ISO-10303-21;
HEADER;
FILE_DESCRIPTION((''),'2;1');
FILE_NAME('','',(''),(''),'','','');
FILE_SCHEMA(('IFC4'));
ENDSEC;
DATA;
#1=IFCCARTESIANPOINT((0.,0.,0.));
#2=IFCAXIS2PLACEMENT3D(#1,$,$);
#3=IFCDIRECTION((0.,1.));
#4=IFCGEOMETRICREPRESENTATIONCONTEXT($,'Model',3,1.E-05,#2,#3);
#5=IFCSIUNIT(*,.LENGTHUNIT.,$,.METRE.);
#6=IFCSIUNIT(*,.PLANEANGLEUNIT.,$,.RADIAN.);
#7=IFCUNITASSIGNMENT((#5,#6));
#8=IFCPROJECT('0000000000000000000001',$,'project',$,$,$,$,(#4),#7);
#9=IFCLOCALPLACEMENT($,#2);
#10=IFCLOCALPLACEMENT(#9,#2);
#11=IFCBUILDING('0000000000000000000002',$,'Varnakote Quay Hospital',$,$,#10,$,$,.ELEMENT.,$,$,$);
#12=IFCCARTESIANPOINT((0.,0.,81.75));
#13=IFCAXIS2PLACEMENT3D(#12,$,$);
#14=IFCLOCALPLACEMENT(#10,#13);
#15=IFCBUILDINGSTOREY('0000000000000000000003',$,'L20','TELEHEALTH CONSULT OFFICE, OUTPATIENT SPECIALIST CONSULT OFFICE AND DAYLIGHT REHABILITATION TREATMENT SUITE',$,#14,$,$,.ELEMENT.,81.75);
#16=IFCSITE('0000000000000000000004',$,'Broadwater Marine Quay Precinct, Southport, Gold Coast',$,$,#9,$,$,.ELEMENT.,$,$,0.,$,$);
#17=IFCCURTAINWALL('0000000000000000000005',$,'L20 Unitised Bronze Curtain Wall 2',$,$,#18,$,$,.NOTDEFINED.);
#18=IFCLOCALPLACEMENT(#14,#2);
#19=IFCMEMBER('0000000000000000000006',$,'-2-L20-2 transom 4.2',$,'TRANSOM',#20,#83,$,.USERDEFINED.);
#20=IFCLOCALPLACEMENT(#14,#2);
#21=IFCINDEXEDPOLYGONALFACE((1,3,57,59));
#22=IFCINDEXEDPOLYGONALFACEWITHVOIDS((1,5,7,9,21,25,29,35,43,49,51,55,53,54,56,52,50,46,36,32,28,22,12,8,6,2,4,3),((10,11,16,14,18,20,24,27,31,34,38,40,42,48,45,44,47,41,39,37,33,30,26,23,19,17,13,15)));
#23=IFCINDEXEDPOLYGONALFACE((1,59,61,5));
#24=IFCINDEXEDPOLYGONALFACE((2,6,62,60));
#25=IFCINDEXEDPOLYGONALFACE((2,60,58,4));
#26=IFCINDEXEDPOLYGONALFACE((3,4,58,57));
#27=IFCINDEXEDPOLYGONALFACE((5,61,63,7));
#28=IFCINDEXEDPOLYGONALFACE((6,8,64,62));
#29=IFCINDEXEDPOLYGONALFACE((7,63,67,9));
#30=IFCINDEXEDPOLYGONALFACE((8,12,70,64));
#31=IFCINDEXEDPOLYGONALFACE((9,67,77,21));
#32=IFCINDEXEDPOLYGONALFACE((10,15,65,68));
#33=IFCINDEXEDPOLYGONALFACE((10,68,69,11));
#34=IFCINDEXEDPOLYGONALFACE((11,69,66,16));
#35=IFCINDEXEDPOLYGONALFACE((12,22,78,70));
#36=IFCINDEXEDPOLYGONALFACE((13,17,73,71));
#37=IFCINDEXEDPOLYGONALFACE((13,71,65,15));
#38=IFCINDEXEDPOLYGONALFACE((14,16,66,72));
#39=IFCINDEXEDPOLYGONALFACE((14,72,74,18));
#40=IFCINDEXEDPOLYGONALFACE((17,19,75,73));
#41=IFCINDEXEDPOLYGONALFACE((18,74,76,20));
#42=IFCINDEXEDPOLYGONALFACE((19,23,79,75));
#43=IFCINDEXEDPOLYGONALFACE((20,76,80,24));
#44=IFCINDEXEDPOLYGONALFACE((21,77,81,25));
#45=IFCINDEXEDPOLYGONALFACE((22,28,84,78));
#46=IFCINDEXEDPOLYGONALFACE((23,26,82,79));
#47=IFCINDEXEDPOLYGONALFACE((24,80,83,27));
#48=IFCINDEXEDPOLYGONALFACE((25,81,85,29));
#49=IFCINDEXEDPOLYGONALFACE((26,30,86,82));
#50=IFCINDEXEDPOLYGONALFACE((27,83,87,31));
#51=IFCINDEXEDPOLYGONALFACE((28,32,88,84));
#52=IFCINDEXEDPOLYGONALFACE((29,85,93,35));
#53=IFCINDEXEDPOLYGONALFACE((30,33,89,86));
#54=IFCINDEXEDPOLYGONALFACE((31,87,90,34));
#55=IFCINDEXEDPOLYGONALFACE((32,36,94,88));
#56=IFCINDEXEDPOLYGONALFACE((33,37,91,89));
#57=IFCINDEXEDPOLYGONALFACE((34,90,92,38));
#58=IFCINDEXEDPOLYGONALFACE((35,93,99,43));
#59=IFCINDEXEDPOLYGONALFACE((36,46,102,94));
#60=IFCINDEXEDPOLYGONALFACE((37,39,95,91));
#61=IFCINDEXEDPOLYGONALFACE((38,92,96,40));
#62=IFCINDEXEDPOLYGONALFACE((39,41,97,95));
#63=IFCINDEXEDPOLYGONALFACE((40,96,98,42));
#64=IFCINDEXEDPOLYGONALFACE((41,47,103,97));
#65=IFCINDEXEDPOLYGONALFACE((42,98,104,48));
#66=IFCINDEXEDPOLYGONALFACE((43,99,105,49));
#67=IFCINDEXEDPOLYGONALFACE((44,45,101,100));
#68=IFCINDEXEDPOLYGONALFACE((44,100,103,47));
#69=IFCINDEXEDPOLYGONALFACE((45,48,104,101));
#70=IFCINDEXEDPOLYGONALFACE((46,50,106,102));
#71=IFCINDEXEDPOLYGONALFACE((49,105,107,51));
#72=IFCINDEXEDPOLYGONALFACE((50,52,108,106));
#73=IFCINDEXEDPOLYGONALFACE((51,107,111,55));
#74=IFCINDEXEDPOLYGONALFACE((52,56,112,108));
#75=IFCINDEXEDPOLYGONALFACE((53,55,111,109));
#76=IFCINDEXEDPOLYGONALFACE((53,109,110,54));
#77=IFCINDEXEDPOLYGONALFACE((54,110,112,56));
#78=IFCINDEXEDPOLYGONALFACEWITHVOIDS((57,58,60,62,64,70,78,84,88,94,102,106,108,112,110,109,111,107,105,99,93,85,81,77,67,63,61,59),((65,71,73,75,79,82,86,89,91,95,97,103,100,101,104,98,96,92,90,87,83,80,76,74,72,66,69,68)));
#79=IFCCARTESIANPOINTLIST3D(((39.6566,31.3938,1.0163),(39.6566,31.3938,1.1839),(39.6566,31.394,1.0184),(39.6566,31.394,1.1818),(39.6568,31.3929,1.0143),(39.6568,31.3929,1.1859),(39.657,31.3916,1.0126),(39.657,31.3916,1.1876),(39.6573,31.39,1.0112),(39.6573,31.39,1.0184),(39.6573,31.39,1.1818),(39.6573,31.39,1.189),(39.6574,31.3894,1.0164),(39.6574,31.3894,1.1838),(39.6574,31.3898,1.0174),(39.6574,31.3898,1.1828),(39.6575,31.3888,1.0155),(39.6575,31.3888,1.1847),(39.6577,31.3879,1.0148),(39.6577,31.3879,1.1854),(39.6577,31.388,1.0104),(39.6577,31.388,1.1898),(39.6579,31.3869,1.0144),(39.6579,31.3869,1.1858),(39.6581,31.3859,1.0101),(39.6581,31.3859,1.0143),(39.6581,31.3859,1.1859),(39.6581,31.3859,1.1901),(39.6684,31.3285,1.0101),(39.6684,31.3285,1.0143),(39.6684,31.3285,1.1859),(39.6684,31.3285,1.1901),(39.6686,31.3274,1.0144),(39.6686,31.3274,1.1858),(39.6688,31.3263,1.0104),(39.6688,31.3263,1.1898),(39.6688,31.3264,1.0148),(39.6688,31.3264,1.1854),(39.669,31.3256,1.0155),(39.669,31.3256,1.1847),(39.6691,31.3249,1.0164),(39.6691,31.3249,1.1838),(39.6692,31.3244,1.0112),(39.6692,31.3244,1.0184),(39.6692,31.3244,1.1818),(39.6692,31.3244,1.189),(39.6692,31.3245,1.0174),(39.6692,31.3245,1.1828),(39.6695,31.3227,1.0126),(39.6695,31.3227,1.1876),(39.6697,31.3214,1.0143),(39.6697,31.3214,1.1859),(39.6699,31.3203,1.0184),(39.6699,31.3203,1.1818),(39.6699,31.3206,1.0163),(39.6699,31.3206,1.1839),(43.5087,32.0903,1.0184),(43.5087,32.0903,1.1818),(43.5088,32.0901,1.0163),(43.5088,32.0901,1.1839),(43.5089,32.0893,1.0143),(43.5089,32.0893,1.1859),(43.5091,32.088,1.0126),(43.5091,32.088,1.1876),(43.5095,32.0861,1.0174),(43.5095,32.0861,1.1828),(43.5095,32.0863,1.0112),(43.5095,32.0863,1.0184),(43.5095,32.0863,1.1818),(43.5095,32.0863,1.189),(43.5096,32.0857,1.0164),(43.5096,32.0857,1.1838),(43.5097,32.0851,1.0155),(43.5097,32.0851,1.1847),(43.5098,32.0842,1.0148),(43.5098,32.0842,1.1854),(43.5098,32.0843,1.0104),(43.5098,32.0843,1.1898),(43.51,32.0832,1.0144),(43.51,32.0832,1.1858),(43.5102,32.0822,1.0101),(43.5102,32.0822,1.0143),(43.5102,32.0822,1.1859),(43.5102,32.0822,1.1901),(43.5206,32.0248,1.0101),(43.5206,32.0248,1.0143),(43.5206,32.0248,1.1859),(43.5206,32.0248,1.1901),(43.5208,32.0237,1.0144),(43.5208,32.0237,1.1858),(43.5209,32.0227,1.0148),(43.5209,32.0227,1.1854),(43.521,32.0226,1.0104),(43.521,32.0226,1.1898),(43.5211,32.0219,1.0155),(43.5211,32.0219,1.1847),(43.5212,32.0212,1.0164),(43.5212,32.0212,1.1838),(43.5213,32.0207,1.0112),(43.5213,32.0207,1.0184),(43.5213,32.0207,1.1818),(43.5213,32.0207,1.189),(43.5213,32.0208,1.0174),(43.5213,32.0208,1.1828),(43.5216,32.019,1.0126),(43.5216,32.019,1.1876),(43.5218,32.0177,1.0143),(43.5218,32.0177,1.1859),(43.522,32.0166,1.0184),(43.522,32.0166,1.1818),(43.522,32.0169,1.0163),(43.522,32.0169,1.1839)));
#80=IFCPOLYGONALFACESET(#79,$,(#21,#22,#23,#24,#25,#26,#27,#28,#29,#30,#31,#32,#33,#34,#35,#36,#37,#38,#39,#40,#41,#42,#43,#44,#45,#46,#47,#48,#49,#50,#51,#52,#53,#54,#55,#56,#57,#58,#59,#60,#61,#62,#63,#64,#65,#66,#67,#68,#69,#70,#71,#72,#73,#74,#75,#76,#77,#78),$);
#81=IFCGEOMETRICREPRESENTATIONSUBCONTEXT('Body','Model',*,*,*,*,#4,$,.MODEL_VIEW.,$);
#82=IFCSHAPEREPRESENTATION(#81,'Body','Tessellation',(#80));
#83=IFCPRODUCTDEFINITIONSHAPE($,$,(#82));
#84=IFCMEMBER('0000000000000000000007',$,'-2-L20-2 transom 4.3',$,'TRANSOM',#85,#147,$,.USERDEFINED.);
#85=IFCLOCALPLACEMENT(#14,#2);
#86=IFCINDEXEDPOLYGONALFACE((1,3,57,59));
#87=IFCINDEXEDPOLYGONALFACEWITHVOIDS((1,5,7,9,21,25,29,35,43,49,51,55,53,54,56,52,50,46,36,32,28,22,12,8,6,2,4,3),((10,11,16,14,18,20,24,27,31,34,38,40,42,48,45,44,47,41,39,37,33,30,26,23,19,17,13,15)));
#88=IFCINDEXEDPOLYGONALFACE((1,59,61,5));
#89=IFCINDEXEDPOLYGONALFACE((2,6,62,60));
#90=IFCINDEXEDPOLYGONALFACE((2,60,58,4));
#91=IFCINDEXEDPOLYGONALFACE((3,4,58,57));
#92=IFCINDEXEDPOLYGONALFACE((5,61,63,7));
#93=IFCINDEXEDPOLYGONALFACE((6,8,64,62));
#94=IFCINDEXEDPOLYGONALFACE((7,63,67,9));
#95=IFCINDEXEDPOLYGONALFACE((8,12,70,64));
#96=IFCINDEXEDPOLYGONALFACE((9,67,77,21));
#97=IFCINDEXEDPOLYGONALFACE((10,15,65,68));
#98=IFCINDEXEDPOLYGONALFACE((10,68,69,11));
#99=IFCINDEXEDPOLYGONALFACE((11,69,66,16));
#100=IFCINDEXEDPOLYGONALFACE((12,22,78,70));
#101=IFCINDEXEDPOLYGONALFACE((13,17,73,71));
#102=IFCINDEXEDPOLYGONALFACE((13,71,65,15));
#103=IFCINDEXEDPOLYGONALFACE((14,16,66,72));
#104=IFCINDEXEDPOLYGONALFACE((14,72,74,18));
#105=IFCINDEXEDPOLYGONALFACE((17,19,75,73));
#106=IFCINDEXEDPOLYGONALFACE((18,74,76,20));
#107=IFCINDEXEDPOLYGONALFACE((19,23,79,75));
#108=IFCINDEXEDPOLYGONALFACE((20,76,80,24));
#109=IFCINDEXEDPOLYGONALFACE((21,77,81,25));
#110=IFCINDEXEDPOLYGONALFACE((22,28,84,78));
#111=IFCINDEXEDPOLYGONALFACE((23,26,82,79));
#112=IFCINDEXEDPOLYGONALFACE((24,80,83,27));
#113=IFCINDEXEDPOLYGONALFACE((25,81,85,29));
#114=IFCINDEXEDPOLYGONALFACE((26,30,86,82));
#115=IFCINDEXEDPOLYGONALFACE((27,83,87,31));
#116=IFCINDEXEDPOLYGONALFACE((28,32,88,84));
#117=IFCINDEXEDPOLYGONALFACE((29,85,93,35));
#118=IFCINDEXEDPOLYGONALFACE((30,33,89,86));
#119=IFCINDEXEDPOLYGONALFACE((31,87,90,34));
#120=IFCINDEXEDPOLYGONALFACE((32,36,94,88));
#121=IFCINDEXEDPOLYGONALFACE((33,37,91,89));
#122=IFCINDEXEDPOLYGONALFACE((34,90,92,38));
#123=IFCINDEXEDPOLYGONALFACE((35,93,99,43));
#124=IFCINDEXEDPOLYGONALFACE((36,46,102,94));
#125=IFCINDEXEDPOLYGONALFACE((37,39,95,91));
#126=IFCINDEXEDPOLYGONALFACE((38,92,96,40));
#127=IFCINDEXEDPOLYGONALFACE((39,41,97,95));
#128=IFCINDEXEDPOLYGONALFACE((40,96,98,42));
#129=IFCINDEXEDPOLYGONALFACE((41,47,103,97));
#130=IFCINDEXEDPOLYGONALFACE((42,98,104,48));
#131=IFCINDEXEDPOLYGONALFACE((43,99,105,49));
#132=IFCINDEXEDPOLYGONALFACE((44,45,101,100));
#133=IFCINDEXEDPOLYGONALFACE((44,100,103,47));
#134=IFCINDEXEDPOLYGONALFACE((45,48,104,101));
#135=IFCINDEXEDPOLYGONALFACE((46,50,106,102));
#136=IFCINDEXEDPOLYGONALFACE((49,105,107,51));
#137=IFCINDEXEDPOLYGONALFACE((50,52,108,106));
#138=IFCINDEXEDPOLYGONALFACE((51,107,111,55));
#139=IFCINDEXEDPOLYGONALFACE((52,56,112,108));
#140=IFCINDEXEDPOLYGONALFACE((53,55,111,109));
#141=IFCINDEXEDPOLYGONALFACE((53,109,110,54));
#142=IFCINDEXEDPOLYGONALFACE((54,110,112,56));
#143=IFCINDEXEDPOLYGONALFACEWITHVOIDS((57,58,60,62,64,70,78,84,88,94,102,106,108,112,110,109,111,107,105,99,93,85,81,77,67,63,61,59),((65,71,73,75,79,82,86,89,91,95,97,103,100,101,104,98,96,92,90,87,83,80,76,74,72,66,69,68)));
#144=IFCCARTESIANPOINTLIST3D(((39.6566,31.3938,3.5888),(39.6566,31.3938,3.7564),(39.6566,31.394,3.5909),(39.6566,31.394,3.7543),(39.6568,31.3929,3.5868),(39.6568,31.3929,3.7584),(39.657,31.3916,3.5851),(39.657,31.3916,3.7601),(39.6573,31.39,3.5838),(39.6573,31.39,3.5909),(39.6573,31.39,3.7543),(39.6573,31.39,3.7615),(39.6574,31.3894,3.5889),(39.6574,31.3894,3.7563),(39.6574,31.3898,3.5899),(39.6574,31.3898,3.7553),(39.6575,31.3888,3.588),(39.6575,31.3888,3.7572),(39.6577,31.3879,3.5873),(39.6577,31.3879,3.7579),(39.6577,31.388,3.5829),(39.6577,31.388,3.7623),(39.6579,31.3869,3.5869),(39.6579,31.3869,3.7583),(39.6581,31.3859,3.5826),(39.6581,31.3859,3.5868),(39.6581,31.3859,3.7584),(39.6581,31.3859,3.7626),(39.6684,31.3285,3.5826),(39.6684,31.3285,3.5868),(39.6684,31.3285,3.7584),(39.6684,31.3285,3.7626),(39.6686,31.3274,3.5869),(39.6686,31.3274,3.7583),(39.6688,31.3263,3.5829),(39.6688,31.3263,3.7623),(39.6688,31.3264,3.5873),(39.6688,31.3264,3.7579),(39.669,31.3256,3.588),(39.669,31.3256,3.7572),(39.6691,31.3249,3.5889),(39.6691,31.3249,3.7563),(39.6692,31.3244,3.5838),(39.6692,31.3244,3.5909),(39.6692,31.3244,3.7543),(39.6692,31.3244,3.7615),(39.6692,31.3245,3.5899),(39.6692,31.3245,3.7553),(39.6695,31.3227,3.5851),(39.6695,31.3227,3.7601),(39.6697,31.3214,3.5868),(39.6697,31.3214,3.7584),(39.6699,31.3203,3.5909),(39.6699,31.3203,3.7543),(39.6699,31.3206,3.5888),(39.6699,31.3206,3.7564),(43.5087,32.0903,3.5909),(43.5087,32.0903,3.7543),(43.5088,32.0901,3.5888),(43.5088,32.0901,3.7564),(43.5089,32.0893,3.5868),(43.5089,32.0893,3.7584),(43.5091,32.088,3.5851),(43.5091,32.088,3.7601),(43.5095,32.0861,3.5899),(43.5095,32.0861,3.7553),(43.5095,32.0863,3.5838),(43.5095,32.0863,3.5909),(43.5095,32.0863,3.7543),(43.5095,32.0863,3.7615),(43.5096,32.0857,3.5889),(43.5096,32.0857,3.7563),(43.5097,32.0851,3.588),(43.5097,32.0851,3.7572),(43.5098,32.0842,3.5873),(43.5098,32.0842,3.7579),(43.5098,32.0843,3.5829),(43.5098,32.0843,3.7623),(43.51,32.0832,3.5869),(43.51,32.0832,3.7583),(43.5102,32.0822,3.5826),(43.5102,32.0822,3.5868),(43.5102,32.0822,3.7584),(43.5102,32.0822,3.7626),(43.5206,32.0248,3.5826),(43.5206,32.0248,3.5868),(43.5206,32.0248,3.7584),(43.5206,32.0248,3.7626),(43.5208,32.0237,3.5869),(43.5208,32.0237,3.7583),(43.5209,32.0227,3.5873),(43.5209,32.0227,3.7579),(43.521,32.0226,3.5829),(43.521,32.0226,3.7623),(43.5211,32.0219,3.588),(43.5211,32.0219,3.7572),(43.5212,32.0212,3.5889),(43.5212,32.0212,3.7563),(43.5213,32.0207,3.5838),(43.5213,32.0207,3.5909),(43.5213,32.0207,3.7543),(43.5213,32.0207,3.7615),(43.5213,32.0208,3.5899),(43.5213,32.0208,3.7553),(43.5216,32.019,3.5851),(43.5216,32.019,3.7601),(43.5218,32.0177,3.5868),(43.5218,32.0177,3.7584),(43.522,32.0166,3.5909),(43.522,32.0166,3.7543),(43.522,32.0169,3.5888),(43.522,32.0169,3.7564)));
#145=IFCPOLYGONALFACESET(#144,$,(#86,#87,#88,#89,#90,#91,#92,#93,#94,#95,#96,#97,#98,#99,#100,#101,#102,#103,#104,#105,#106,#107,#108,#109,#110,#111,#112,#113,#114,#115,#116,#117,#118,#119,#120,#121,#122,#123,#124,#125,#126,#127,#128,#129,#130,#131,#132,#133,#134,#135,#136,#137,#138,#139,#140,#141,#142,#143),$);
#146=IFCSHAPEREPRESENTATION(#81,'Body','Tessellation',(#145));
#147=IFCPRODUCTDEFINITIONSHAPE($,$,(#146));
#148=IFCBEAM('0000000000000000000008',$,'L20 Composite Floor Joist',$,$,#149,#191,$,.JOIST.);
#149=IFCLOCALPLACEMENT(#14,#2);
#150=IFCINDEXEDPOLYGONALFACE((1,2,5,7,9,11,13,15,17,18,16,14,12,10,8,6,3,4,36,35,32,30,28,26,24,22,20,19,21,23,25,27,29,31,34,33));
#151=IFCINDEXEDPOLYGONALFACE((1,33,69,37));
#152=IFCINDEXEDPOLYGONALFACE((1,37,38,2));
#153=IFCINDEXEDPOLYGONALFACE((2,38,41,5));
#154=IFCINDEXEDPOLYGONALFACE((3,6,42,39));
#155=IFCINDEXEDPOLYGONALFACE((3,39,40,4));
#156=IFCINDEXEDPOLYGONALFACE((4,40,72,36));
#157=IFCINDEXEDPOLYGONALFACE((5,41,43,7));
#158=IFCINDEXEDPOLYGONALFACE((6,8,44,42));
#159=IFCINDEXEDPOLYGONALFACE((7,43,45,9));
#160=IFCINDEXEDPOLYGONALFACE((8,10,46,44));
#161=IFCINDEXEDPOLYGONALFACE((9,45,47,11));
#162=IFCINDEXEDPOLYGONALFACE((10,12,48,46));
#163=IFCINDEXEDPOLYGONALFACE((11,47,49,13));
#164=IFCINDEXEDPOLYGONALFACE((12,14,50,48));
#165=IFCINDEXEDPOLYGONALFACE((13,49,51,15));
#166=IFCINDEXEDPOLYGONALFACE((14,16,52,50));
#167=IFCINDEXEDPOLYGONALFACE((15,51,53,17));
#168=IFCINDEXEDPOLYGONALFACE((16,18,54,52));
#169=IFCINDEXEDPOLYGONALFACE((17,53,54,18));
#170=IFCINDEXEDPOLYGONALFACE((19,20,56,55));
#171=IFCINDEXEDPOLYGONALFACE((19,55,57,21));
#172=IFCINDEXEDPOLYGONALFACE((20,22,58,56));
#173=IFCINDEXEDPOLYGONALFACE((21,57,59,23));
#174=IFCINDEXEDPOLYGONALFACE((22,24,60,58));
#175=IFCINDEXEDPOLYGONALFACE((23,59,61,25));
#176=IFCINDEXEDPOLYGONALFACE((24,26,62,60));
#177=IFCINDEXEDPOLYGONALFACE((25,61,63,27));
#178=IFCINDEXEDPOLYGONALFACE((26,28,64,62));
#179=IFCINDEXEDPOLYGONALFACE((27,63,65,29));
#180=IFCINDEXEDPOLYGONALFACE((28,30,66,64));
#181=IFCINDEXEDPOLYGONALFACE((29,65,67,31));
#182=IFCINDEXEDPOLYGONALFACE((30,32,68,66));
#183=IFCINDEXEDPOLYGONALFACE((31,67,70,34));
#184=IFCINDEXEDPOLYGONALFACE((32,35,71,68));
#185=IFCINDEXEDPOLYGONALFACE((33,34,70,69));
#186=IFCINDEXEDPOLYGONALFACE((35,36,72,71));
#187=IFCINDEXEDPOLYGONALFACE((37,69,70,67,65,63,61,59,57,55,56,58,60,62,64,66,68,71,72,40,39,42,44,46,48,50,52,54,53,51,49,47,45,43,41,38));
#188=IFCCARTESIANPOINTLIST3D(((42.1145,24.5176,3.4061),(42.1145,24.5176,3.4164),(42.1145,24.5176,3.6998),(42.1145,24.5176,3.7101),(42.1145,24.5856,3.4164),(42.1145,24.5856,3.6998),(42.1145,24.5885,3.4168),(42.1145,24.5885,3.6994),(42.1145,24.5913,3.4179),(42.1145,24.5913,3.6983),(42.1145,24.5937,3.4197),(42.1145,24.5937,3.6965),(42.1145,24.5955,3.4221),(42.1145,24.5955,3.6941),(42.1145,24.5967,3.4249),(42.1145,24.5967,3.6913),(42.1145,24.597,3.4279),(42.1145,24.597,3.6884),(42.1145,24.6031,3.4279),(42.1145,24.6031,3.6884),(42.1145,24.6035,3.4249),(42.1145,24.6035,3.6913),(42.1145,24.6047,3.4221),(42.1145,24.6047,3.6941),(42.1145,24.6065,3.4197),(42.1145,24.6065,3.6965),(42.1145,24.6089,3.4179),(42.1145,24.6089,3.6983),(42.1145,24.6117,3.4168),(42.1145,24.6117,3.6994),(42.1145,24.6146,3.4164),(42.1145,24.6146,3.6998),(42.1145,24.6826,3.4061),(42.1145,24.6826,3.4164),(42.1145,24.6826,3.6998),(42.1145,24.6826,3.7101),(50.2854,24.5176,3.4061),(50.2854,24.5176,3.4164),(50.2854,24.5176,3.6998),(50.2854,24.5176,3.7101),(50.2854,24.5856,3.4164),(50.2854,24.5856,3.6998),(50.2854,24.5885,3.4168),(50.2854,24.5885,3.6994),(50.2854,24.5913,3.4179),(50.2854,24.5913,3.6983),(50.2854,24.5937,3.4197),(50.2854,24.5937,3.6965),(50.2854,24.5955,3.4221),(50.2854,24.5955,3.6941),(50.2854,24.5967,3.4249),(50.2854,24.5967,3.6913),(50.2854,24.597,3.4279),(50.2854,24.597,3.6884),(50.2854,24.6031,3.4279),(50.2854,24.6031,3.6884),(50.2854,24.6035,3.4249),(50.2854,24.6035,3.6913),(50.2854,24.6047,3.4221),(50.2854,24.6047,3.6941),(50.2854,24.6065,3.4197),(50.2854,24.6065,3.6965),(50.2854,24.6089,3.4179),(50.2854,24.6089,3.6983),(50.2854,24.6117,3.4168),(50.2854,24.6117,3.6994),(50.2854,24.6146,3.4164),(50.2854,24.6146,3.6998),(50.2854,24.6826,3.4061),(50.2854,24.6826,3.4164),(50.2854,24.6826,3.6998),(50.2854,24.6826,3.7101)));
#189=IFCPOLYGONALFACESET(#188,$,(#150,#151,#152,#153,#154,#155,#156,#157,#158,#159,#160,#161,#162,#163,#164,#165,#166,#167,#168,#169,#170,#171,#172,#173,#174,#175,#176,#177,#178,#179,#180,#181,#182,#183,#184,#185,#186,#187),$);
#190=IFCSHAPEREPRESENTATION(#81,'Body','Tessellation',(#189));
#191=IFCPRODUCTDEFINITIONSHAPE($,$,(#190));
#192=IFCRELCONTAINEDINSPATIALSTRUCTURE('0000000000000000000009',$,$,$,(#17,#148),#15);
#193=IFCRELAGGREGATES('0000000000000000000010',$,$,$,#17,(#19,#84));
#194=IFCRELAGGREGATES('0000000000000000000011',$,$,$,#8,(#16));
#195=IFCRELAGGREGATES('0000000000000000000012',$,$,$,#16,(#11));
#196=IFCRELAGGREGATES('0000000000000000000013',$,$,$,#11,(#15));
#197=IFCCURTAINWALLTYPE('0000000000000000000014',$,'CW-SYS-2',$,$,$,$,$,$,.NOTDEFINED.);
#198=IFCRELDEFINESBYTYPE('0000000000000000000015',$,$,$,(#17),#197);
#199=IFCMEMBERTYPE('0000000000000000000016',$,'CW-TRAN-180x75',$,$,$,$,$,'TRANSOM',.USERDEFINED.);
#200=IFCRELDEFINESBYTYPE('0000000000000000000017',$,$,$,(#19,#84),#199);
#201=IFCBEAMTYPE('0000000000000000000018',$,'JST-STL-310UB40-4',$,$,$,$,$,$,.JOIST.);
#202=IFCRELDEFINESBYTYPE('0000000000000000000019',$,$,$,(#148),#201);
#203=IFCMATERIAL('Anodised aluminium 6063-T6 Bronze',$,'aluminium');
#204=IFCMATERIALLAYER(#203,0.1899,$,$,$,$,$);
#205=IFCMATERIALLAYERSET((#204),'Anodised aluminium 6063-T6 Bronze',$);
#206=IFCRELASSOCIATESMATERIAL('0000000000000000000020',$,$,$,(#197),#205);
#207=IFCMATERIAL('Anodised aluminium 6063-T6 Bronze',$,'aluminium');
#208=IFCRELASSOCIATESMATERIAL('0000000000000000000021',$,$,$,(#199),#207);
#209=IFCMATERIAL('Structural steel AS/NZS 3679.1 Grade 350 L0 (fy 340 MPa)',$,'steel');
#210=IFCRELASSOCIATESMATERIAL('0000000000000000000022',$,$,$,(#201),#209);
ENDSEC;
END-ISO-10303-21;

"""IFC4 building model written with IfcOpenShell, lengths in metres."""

from ifc_helpers import new_model, si_unit, direction, frame, origin, origin_2d, place, context, subcontext, project, spatial, hollow_rectangle, i_section, extrude, material, layer, layer_set, material_profile, profile_set, type_object, element, aggregate, save


model = new_model("IFC4")

# Units and contexts
model_context = context("Model", 3, precision=1e-05, world=origin(), true_north=direction((0.0, 1.0)))
body_context = subcontext(model_context, "Body", "Model", "MODEL_VIEW")
ifc_project = project(units=[si_unit("LENGTHUNIT", "METRE"), si_unit("PLANEANGLEUNIT", "RADIAN")], contexts=[model_context])

# Site, building, storey
site_placement = place(None, origin())
site = spatial("IfcSite", under=ifc_project, at=site_placement, Name="Broadwater Marine Quay Precinct, Southport, Gold Coast", CompositionType="ELEMENT", RefElevation=0.0)
building_placement = place(site_placement, origin())
building = spatial("IfcBuilding", under=site, at=building_placement, Name="Varnakote Quay Hospital", CompositionType="ELEMENT")
storey_placement = place(building_placement, frame((0.0, 0.0, 81.75)))
storey = spatial("IfcBuildingStorey", under=building, at=storey_placement, Name="L20", Description="TELEHEALTH CONSULT OFFICE, OUTPATIENT SPECIALIST CONSULT OFFICE AND DAYLIGHT REHABILITATION TREATMENT SUITE", CompositionType="ELEMENT", Elevation=81.75)

# Curtain wall, members
ifc_material_1 = material(Name="Anodised aluminium 6063-T6 Bronze", Category="aluminium")
ifc_layer_1 = layer(ifc_material_1, 0.1899)
ifc_layer_set_1 = layer_set([ifc_layer_1], Name="Anodised aluminium 6063-T6 Bronze")
curtain_wall_type = type_object("IfcCurtainWallType", Name="CW-SYS-2", PredefinedType="NOTDEFINED", material=ifc_layer_set_1)
curtain_wall_placement = place(storey_placement, origin())
curtain_wall = element("IfcCurtainWall", 1, at=curtain_wall_placement, inside=storey, type_object=curtain_wall_type, Name="L20 Unitised Bronze Curtain Wall 2", PredefinedType="NOTDEFINED")
ifc_material_2 = material(Name="Anodised aluminium 6063-T6 Bronze", Category="aluminium")
ifc_material_profile_1 = material_profile(ifc_material_2, hollow_rectangle(XDim=0.075, YDim=0.1799, WallThickness=0.0042, InnerFilletRadius=0.0042, OuterFilletRadius=0.0083, at=origin_2d()), Name="CW-TRAN-180x75")
ifc_profile_set_1 = profile_set([ifc_material_profile_1], Name="Anodised aluminium 6063-T6 Bronze")
member_type_1 = type_object("IfcMemberType", Name="CW-TRAN-180x75", ElementType="TRANSOM", PredefinedType="USERDEFINED", material=ifc_profile_set_1)
member_1_placement = place(storey_placement, frame((43.5154, 32.0535, 1.1001), z_axis=(-0.984053, -0.177875, 0.0), x_axis=(0.177875, -0.984053, 0.0)))
member_1 = element("IfcMember", 2, at=member_1_placement, type_object=member_type_1, Name="-2-L20-2 transom 4.2", ObjectType="TRANSOM", PredefinedType="USERDEFINED", context=body_context, shape_type="SweptSolid", body=[
    extrude(hollow_rectangle(XDim=0.075, YDim=0.1799, WallThickness=0.0042, InnerFilletRadius=0.0042, OuterFilletRadius=0.0083, at=origin_2d()), origin(), (0.0, 0.0, 1.0), 3.9146),
])
member_2_placement = place(storey_placement, frame((43.5154, 32.0535, 3.6726), z_axis=(-0.984053, -0.177875, 0.0), x_axis=(0.177875, -0.984053, 0.0)))
member_2 = element("IfcMember", 3, at=member_2_placement, type_object=member_type_1, Name="-2-L20-2 transom 4.3", ObjectType="TRANSOM", PredefinedType="USERDEFINED", context=body_context, shape_type="SweptSolid", body=[
    extrude(hollow_rectangle(XDim=0.075, YDim=0.1799, WallThickness=0.0042, InnerFilletRadius=0.0042, OuterFilletRadius=0.0083, at=origin_2d()), origin(), (0.0, 0.0, 1.0), 3.9146),
])

# Beam
ifc_material_3 = material(Name="Structural steel AS/NZS 3679.1 Grade 350 L0 (fy 340 MPa)", Category="steel")
ifc_material_profile_2 = material_profile(ifc_material_3, i_section(OverallWidth=0.165, OverallDepth=0.304, WebThickness=0.0061, FlangeThickness=0.0103, FilletRadius=0.0115, at=origin_2d()), Name="310UB40.4")
ifc_profile_set_2 = profile_set([ifc_material_profile_2], Name="Structural steel AS/NZS 3679.1 Grade 350 L0 (fy 340 MPa)")
beam_type_1 = type_object("IfcBeamType", Name="JST-STL-310UB40-4", PredefinedType="JOIST", material=ifc_profile_set_2)
beam_1_placement = place(storey_placement, frame((42.1145, 24.6001, 3.5581), z_axis=(1.0, 0.0, 0.0), x_axis=(0.0, 1.0, 0.0)))
element("IfcBeam", 4, at=beam_1_placement, inside=storey, type_object=beam_type_1, Name="L20 Composite Floor Joist", PredefinedType="JOIST", context=body_context, shape_type="SweptSolid", body=[
    extrude(i_section(OverallWidth=0.165, OverallDepth=0.304, WebThickness=0.0061, FlangeThickness=0.0103, FilletRadius=0.0115, at=origin_2d()), origin(), (0.0, 0.0, 1.0), 8.1709),
])

aggregate(curtain_wall, [member_1, member_2])

save(model, "model.ifc")
